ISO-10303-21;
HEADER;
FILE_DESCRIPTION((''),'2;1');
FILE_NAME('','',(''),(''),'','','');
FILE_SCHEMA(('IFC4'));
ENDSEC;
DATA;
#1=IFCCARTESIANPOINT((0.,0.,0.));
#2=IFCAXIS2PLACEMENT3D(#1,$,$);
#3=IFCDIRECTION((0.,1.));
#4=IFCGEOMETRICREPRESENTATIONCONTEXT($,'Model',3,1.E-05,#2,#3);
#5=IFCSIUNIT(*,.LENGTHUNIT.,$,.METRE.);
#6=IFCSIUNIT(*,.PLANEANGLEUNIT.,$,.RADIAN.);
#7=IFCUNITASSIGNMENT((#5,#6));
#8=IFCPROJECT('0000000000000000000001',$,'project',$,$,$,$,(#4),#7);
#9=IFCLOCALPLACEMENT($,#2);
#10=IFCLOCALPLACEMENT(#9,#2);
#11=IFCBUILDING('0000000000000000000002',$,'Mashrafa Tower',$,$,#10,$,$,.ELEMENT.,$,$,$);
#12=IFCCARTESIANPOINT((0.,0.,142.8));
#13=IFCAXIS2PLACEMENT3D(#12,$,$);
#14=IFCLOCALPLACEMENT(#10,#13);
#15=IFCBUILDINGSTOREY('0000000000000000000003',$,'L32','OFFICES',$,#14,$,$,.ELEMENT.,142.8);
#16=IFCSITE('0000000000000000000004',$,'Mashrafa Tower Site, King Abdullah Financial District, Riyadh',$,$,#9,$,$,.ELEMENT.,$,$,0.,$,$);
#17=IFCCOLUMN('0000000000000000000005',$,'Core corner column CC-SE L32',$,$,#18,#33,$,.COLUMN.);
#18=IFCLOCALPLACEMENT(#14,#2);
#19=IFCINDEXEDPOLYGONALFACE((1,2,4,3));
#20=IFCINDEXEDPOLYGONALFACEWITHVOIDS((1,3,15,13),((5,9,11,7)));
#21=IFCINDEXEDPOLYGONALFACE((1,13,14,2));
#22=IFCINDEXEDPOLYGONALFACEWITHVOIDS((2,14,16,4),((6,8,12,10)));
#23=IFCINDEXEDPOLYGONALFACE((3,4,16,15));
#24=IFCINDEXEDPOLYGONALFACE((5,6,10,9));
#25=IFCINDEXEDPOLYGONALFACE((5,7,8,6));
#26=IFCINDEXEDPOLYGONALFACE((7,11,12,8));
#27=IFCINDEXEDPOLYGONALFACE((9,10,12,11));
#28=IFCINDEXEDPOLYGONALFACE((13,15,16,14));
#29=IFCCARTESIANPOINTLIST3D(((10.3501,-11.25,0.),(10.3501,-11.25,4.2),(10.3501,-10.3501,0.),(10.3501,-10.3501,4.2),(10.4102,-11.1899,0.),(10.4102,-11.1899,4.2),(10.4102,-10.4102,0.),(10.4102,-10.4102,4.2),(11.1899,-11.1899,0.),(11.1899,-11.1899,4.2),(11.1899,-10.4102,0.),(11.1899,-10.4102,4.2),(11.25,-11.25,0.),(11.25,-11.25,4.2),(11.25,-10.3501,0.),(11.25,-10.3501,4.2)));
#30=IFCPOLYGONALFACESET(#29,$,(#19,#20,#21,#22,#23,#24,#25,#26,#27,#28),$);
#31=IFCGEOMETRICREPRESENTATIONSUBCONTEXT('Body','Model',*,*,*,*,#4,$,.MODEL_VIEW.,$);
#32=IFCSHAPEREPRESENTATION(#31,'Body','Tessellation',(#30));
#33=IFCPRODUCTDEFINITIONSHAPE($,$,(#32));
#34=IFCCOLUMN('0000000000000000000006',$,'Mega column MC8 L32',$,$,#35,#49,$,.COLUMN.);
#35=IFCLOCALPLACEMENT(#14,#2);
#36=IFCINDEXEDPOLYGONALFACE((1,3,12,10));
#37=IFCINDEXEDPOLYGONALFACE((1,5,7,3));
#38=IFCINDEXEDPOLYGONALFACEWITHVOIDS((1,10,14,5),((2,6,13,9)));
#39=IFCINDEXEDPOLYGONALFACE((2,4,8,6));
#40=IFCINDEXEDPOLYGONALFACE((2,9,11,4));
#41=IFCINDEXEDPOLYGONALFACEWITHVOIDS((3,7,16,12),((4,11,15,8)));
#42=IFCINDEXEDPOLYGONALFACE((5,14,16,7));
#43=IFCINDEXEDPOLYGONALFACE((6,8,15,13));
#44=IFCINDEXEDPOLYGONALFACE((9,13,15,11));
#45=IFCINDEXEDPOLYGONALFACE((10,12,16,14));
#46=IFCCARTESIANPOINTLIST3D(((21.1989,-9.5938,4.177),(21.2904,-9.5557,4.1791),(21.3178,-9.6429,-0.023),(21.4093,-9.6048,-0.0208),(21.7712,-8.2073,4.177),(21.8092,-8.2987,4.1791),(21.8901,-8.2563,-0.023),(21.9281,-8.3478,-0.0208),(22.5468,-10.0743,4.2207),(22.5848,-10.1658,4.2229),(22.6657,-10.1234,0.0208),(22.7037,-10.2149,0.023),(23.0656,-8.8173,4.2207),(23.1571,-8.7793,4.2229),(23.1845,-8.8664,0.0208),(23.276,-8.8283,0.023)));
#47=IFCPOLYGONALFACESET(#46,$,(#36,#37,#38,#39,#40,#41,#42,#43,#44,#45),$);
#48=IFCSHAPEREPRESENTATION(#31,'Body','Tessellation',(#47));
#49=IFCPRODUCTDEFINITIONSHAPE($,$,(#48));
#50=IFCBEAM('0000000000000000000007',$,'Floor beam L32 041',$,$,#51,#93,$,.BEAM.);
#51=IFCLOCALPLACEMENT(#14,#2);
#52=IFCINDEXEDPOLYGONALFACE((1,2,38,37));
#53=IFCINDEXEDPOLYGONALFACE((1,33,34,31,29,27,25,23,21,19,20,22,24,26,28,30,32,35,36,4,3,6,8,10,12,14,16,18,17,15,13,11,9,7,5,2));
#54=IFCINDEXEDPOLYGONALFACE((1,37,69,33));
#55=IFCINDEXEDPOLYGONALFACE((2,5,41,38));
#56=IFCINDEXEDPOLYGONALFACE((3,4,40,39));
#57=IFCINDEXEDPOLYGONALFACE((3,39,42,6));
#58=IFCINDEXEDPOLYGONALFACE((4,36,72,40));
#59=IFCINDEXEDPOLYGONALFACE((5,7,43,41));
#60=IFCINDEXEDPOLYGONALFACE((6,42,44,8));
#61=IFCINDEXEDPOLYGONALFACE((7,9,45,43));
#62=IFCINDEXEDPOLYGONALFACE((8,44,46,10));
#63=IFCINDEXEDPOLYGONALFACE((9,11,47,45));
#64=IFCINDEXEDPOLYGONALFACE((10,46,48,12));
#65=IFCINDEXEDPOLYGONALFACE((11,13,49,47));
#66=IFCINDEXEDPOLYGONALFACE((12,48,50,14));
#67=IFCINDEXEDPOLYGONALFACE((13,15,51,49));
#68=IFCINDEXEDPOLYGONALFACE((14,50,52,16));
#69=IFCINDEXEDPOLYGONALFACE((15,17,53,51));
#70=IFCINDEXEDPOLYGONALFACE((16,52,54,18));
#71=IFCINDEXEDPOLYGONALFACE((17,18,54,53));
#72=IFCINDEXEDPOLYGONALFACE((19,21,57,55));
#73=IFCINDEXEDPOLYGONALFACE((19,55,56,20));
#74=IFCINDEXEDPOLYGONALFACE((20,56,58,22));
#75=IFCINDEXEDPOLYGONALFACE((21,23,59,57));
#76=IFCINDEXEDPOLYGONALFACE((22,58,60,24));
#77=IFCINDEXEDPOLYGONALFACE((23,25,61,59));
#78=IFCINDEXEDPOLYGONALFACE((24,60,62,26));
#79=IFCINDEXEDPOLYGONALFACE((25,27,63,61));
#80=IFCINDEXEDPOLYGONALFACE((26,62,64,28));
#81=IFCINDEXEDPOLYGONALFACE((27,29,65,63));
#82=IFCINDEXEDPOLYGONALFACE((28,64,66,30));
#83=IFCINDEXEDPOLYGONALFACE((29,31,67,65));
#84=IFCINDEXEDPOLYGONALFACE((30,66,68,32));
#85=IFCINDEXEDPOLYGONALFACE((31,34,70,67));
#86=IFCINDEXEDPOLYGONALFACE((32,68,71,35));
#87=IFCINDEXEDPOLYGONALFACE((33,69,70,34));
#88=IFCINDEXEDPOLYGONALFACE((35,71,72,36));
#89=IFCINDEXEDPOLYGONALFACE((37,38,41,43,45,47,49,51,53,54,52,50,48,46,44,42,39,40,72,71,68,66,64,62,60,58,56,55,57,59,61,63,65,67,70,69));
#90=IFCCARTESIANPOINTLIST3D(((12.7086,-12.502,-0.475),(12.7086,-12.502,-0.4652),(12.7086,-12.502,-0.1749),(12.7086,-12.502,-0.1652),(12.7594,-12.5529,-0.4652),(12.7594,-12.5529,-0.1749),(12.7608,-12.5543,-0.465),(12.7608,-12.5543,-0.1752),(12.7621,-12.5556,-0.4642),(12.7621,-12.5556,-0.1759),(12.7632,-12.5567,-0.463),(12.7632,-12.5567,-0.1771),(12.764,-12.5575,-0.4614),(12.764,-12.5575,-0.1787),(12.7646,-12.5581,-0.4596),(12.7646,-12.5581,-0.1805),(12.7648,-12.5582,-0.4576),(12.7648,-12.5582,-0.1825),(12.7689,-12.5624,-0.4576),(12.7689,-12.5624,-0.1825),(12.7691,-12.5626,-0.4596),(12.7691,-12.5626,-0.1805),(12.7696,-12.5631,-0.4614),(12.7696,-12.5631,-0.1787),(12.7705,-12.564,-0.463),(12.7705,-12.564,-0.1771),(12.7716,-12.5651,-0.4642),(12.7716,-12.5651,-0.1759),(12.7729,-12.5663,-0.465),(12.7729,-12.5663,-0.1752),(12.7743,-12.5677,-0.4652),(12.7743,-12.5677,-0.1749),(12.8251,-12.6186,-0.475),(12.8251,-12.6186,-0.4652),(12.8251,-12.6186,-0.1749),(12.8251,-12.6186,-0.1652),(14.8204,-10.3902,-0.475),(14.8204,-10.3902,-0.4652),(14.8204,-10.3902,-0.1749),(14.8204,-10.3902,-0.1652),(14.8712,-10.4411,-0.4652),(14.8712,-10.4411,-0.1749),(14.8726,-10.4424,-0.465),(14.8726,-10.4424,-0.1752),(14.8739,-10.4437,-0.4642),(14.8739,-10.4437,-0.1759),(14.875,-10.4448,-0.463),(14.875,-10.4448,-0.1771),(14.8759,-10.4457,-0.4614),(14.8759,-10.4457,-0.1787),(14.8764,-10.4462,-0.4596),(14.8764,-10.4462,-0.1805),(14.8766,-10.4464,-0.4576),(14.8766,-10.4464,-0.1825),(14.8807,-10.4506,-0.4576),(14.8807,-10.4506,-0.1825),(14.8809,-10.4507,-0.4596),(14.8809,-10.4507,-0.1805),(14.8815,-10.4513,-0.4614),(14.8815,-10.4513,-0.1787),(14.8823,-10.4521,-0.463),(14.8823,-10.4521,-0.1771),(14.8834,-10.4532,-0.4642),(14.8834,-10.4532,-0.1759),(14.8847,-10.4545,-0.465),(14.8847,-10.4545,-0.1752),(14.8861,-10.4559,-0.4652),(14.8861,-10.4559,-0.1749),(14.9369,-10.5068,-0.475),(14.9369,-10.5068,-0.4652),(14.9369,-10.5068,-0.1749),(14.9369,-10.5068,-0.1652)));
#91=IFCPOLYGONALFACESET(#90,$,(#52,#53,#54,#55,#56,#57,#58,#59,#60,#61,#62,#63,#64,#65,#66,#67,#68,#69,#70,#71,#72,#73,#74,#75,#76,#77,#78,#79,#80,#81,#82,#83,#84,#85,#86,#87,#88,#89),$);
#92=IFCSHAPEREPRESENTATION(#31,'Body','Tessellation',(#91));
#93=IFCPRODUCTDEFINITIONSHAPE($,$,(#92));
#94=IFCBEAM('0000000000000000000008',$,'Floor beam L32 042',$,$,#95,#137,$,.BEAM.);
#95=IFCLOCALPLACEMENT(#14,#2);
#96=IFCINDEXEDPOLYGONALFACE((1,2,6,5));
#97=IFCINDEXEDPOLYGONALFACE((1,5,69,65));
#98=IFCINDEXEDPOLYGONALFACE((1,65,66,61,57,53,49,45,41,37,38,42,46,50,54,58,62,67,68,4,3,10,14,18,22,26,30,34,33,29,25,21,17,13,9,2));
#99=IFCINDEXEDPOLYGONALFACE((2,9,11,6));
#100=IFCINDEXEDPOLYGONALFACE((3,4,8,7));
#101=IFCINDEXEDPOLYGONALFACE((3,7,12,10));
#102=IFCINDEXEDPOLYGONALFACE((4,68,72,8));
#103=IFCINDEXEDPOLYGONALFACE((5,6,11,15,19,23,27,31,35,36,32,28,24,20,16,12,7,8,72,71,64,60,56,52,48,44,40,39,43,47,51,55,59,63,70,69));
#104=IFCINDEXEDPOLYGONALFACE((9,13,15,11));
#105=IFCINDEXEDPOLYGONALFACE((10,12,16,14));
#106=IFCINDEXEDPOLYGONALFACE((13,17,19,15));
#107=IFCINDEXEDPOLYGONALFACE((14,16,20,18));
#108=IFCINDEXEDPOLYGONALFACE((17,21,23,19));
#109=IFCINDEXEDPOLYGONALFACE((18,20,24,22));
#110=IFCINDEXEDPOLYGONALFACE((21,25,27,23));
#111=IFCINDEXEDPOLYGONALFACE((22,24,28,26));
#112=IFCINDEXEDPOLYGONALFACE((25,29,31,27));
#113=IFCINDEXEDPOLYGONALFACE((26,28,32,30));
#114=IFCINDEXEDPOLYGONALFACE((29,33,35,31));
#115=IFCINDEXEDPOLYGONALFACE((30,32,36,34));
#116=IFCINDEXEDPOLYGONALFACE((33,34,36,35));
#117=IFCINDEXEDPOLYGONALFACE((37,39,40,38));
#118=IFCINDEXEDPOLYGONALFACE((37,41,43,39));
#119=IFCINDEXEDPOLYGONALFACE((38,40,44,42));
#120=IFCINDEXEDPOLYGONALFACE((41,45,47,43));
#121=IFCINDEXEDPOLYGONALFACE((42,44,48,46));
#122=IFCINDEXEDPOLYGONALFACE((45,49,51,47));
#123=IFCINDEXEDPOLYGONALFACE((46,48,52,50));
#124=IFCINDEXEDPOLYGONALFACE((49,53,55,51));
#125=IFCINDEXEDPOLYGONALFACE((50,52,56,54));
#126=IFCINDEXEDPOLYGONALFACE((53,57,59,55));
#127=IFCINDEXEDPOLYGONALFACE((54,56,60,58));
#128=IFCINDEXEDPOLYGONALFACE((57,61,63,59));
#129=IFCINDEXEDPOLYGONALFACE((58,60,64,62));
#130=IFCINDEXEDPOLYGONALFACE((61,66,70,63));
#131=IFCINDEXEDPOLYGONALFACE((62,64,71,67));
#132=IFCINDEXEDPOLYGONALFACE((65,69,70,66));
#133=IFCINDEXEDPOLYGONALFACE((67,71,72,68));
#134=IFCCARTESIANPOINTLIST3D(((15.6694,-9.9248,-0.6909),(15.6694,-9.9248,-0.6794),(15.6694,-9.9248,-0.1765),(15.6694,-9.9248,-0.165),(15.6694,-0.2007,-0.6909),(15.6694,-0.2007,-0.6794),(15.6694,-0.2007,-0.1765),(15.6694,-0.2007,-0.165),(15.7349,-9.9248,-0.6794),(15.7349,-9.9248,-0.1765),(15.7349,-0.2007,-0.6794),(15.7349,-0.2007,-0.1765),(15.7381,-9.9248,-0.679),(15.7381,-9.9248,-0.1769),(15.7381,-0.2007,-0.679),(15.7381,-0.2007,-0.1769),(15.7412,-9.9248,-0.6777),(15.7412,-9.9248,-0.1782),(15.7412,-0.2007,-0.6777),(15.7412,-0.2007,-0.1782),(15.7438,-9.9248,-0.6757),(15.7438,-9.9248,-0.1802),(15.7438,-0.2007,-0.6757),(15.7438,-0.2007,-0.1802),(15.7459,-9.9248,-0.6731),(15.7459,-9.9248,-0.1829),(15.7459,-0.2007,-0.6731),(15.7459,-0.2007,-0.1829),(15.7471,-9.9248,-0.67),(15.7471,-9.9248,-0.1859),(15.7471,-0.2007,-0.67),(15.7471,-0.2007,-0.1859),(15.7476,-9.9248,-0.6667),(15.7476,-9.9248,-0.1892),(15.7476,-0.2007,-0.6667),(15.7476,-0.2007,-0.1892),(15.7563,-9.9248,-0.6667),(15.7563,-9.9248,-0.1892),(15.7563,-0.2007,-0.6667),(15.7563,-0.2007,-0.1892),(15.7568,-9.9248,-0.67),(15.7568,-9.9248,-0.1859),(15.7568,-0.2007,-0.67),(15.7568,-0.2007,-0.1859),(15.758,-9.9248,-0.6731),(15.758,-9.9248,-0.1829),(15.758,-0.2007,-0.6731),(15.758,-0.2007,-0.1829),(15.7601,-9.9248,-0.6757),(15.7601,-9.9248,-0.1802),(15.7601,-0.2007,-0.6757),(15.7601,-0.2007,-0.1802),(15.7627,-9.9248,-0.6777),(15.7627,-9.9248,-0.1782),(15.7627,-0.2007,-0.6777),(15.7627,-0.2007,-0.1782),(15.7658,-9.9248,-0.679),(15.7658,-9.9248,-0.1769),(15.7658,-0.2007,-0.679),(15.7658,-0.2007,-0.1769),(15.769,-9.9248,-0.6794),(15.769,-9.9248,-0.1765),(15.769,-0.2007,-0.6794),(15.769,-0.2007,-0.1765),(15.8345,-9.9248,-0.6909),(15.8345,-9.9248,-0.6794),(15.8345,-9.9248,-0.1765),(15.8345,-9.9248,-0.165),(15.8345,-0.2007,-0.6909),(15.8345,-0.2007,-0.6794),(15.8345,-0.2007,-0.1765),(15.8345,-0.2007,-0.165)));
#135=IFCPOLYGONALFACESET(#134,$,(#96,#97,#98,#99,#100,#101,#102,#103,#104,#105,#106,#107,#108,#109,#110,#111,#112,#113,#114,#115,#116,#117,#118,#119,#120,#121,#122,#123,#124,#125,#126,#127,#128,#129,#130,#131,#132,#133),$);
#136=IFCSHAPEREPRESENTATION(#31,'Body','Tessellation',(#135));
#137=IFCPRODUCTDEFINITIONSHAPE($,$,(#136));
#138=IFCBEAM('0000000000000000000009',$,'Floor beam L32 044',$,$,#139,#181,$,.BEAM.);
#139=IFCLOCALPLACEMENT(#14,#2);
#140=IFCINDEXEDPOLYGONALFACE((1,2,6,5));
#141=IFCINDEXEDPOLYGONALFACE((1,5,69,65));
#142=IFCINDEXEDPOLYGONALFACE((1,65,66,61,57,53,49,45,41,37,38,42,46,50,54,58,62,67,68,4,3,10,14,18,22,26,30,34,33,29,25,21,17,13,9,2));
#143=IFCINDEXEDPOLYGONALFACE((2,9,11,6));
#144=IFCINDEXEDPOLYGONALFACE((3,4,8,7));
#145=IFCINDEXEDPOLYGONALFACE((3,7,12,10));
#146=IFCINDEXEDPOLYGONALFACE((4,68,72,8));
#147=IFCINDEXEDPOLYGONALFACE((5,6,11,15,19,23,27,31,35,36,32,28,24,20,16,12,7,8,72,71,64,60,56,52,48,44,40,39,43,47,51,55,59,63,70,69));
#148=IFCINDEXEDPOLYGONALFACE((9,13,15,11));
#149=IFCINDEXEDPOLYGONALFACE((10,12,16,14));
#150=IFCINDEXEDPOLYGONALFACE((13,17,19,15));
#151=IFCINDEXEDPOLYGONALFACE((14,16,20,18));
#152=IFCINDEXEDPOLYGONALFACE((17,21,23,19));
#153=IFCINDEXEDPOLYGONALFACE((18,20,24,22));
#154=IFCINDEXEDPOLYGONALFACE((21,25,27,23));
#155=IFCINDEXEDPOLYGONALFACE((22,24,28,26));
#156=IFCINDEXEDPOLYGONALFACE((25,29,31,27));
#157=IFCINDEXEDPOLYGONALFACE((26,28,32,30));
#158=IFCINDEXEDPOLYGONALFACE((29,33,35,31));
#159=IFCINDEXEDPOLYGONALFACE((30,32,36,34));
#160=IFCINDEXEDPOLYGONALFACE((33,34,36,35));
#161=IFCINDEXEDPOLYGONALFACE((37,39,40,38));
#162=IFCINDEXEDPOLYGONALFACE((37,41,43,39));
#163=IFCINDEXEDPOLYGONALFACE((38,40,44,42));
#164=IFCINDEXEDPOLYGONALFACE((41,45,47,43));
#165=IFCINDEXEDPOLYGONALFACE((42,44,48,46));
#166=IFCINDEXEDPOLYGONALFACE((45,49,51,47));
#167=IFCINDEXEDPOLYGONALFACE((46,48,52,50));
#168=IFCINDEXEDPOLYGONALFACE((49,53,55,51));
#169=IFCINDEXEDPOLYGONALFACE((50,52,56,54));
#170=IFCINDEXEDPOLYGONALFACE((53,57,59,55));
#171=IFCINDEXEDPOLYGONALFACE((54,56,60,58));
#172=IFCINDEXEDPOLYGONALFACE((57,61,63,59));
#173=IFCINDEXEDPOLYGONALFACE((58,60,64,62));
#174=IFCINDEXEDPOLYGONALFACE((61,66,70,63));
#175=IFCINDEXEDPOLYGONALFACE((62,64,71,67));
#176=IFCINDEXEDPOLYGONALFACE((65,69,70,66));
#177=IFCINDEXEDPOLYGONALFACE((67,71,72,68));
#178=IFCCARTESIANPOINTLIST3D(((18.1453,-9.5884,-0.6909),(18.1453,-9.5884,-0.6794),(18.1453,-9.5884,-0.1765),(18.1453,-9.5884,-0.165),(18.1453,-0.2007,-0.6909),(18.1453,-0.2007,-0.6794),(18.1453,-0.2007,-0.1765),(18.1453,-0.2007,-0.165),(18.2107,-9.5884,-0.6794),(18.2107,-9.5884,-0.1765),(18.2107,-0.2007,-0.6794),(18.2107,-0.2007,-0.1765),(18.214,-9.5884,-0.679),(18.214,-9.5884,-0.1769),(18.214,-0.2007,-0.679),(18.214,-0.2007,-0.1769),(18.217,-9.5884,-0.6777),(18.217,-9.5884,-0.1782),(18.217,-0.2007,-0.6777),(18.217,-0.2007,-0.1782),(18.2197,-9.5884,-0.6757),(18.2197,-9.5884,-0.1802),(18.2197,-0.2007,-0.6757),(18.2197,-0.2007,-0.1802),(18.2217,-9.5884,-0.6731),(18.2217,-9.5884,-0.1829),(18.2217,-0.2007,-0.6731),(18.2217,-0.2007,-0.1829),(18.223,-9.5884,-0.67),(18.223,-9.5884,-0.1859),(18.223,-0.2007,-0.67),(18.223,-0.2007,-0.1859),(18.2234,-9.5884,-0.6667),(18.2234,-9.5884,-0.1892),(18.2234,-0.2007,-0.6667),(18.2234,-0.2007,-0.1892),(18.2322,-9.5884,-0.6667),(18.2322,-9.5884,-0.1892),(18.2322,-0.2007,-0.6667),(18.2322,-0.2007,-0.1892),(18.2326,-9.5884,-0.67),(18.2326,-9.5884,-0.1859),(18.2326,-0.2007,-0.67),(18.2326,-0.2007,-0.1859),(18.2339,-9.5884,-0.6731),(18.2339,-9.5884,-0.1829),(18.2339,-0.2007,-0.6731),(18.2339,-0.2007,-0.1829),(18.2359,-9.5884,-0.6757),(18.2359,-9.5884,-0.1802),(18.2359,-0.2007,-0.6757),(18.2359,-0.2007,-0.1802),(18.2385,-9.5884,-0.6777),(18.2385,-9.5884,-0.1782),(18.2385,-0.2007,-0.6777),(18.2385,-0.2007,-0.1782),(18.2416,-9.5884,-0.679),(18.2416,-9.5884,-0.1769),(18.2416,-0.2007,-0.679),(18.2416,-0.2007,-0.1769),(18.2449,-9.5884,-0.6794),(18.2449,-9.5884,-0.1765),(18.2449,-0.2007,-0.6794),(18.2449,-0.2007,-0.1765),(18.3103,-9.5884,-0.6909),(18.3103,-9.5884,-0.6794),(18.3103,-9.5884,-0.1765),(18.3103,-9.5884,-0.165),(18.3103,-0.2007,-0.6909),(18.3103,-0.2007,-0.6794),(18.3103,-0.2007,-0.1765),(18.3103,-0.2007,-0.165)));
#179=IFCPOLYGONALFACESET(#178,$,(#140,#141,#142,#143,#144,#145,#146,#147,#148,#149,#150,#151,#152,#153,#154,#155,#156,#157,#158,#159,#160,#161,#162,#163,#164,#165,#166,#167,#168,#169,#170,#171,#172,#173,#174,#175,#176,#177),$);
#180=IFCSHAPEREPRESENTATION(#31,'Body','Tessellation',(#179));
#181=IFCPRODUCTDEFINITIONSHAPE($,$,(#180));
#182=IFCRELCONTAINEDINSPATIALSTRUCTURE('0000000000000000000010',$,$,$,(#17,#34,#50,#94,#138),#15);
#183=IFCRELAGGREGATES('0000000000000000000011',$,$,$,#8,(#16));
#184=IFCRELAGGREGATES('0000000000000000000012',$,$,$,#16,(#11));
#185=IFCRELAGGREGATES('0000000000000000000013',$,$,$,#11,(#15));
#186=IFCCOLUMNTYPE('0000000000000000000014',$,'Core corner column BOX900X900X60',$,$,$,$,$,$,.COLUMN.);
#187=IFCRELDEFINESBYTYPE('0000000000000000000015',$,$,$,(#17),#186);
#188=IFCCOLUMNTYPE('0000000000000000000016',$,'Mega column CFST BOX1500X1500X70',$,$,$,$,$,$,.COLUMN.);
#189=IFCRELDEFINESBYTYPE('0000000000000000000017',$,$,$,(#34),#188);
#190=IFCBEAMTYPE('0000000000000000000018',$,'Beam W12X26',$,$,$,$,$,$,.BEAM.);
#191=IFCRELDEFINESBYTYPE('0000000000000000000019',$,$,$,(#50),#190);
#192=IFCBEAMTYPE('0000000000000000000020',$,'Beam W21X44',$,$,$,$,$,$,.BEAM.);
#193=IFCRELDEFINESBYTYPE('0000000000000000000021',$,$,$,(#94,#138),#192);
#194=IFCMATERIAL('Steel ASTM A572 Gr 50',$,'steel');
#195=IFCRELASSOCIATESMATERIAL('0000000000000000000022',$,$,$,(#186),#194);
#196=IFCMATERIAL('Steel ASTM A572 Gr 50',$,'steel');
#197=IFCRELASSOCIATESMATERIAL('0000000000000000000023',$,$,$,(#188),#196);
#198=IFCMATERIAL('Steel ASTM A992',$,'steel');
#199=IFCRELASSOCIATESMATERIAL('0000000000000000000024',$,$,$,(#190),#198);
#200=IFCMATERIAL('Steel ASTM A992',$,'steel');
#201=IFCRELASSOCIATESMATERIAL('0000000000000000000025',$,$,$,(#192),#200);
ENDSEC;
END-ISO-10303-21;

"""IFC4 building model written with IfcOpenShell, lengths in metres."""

from ifc_helpers import new_model, si_unit, direction, frame, origin, origin_2d, place, context, subcontext, project, spatial, hollow_rectangle, i_section, extrude, material, material_profile, profile_set, type_object, element, save


model = new_model("IFC4")

# Units and contexts
model_context = context("Model", 3, precision=1e-05, world=origin(), true_north=direction((0.0, 1.0)))
body_context = subcontext(model_context, "Body", "Model", "MODEL_VIEW")
ifc_project = project(units=[si_unit("LENGTHUNIT", "METRE"), si_unit("PLANEANGLEUNIT", "RADIAN")], contexts=[model_context])

# Site, building, storey
site_placement = place(None, origin())
site = spatial("IfcSite", under=ifc_project, at=site_placement, Name="Mashrafa Tower Site, King Abdullah Financial District, Riyadh", CompositionType="ELEMENT", RefElevation=0.0)
building_placement = place(site_placement, origin())
building = spatial("IfcBuilding", under=site, at=building_placement, Name="Mashrafa Tower", CompositionType="ELEMENT")
storey_placement = place(building_placement, frame((0.0, 0.0, 142.8)))
storey = spatial("IfcBuildingStorey", under=building, at=storey_placement, Name="L32", Description="OFFICES", CompositionType="ELEMENT", Elevation=142.8)

# Columns
ifc_material_1 = material(Name="Steel ASTM A572 Gr 50", Category="steel")
ifc_material_profile_1 = material_profile(ifc_material_1, hollow_rectangle(XDim=0.8999, YDim=0.8999, WallThickness=0.0601, at=origin_2d()), Name="BOX900X900X60")
ifc_profile_set_1 = profile_set([ifc_material_profile_1], Name="Steel ASTM A572 Gr 50")
column_type_1 = type_object("IfcColumnType", Name="Core corner column BOX900X900X60", PredefinedType="COLUMN", material=ifc_profile_set_1)
column_1_placement = place(storey_placement, frame((10.8, -10.8, 0.0), z_axis=(0.0, 0.0, 1.0), x_axis=(1.0, 0.0, 0.0)))
element("IfcColumn", 1, at=column_1_placement, inside=storey, type_object=column_type_1, Name="Core corner column CC-SE L32", PredefinedType="COLUMN", context=body_context, shape_type="SweptSolid", body=[
    extrude(hollow_rectangle(XDim=0.8999, YDim=0.8999, WallThickness=0.0601, at=origin_2d()), origin(), (0.0, 0.0, 1.0), 4.2),
])
ifc_material_2 = material(Name="Steel ASTM A572 Gr 50", Category="steel")
ifc_material_profile_2 = material_profile(ifc_material_2, hollow_rectangle(XDim=1.5, YDim=1.5, WallThickness=0.0701, at=origin_2d()), Name="BOX1500X1500X70")
ifc_profile_set_2 = profile_set([ifc_material_profile_2], Name="Steel ASTM A572 Gr 50")
column_type_2 = type_object("IfcColumnType", Name="Mega column CFST BOX1500X1500X70", PredefinedType="COLUMN", material=ifc_profile_set_2)
column_2_placement = place(storey_placement, frame((22.2969, -9.2356, 0.0), z_axis=(-0.028296, 0.011679, 0.999531), x_axis=(-0.381513, -0.924363, 0.0)))
element("IfcColumn", 2, at=column_2_placement, inside=storey, type_object=column_type_2, Name="Mega column MC8 L32", PredefinedType="COLUMN", context=body_context, shape_type="SweptSolid", body=[
    extrude(hollow_rectangle(XDim=1.5, YDim=1.5, WallThickness=0.0701, at=origin_2d()), origin(), (0.0, 0.0, 1.0), 4.2019),
])

# Beams
ifc_material_3 = material(Name="Steel ASTM A992", Category="steel")
ifc_material_profile_3 = material_profile(ifc_material_3, i_section(OverallWidth=0.1648, OverallDepth=0.3098, WebThickness=0.0059, FlangeThickness=0.0098, FilletRadius=0.0076, at=origin_2d()), Name="W12X26")
ifc_profile_set_3 = profile_set([ifc_material_profile_3], Name="Steel ASTM A992")
beam_type_1 = type_object("IfcBeamType", Name="Beam W12X26", PredefinedType="BEAM", material=ifc_profile_set_3)
beam_1_placement = place(storey_placement, frame((14.8787, -10.4485, -0.3201), z_axis=(-0.707107, -0.707107, 0.0), x_axis=(0.707107, -0.707107, 0.0)))
element("IfcBeam", 3, at=beam_1_placement, inside=storey, type_object=beam_type_1, Name="Floor beam L32 041", PredefinedType="BEAM", context=body_context, shape_type="SweptSolid", body=[
    extrude(i_section(OverallWidth=0.1648, OverallDepth=0.3098, WebThickness=0.0059, FlangeThickness=0.0098, FilletRadius=0.0076, at=origin_2d()), origin(), (0.0, 0.0, 1.0), 2.9866),
])
ifc_material_4 = material(Name="Steel ASTM A992", Category="steel")
ifc_material_profile_4 = material_profile(ifc_material_4, i_section(OverallWidth=0.165, OverallDepth=0.5259, WebThickness=0.0088, FlangeThickness=0.0115, FilletRadius=0.0127, at=origin_2d()), Name="W21X44")
ifc_profile_set_4 = profile_set([ifc_material_profile_4], Name="Steel ASTM A992")
beam_type_2 = type_object("IfcBeamType", Name="Beam W21X44", PredefinedType="BEAM", material=ifc_profile_set_4)
beam_2_placement = place(storey_placement, frame((15.752, -0.2007, -0.428), z_axis=(0.0, -1.0, 0.0), x_axis=(1.0, 0.0, 0.0)))
element("IfcBeam", 4, at=beam_2_placement, inside=storey, type_object=beam_type_2, Name="Floor beam L32 042", PredefinedType="BEAM", context=body_context, shape_type="SweptSolid", body=[
    extrude(i_section(OverallWidth=0.165, OverallDepth=0.5259, WebThickness=0.0088, FlangeThickness=0.0115, FilletRadius=0.0127, at=origin_2d()), origin(), (0.0, 0.0, 1.0), 9.7241),
])
beam_3_placement = place(storey_placement, frame((18.2278, -0.2007, -0.428), z_axis=(0.0, -1.0, 0.0), x_axis=(1.0, 0.0, 0.0)))
element("IfcBeam", 5, at=beam_3_placement, inside=storey, type_object=beam_type_2, Name="Floor beam L32 044", PredefinedType="BEAM", context=body_context, shape_type="SweptSolid", body=[
    extrude(i_section(OverallWidth=0.165, OverallDepth=0.5259, WebThickness=0.0088, FlangeThickness=0.0115, FilletRadius=0.0127, at=origin_2d()), origin(), (0.0, 0.0, 1.0), 9.3877),
])

save(model, "model.ifc")
